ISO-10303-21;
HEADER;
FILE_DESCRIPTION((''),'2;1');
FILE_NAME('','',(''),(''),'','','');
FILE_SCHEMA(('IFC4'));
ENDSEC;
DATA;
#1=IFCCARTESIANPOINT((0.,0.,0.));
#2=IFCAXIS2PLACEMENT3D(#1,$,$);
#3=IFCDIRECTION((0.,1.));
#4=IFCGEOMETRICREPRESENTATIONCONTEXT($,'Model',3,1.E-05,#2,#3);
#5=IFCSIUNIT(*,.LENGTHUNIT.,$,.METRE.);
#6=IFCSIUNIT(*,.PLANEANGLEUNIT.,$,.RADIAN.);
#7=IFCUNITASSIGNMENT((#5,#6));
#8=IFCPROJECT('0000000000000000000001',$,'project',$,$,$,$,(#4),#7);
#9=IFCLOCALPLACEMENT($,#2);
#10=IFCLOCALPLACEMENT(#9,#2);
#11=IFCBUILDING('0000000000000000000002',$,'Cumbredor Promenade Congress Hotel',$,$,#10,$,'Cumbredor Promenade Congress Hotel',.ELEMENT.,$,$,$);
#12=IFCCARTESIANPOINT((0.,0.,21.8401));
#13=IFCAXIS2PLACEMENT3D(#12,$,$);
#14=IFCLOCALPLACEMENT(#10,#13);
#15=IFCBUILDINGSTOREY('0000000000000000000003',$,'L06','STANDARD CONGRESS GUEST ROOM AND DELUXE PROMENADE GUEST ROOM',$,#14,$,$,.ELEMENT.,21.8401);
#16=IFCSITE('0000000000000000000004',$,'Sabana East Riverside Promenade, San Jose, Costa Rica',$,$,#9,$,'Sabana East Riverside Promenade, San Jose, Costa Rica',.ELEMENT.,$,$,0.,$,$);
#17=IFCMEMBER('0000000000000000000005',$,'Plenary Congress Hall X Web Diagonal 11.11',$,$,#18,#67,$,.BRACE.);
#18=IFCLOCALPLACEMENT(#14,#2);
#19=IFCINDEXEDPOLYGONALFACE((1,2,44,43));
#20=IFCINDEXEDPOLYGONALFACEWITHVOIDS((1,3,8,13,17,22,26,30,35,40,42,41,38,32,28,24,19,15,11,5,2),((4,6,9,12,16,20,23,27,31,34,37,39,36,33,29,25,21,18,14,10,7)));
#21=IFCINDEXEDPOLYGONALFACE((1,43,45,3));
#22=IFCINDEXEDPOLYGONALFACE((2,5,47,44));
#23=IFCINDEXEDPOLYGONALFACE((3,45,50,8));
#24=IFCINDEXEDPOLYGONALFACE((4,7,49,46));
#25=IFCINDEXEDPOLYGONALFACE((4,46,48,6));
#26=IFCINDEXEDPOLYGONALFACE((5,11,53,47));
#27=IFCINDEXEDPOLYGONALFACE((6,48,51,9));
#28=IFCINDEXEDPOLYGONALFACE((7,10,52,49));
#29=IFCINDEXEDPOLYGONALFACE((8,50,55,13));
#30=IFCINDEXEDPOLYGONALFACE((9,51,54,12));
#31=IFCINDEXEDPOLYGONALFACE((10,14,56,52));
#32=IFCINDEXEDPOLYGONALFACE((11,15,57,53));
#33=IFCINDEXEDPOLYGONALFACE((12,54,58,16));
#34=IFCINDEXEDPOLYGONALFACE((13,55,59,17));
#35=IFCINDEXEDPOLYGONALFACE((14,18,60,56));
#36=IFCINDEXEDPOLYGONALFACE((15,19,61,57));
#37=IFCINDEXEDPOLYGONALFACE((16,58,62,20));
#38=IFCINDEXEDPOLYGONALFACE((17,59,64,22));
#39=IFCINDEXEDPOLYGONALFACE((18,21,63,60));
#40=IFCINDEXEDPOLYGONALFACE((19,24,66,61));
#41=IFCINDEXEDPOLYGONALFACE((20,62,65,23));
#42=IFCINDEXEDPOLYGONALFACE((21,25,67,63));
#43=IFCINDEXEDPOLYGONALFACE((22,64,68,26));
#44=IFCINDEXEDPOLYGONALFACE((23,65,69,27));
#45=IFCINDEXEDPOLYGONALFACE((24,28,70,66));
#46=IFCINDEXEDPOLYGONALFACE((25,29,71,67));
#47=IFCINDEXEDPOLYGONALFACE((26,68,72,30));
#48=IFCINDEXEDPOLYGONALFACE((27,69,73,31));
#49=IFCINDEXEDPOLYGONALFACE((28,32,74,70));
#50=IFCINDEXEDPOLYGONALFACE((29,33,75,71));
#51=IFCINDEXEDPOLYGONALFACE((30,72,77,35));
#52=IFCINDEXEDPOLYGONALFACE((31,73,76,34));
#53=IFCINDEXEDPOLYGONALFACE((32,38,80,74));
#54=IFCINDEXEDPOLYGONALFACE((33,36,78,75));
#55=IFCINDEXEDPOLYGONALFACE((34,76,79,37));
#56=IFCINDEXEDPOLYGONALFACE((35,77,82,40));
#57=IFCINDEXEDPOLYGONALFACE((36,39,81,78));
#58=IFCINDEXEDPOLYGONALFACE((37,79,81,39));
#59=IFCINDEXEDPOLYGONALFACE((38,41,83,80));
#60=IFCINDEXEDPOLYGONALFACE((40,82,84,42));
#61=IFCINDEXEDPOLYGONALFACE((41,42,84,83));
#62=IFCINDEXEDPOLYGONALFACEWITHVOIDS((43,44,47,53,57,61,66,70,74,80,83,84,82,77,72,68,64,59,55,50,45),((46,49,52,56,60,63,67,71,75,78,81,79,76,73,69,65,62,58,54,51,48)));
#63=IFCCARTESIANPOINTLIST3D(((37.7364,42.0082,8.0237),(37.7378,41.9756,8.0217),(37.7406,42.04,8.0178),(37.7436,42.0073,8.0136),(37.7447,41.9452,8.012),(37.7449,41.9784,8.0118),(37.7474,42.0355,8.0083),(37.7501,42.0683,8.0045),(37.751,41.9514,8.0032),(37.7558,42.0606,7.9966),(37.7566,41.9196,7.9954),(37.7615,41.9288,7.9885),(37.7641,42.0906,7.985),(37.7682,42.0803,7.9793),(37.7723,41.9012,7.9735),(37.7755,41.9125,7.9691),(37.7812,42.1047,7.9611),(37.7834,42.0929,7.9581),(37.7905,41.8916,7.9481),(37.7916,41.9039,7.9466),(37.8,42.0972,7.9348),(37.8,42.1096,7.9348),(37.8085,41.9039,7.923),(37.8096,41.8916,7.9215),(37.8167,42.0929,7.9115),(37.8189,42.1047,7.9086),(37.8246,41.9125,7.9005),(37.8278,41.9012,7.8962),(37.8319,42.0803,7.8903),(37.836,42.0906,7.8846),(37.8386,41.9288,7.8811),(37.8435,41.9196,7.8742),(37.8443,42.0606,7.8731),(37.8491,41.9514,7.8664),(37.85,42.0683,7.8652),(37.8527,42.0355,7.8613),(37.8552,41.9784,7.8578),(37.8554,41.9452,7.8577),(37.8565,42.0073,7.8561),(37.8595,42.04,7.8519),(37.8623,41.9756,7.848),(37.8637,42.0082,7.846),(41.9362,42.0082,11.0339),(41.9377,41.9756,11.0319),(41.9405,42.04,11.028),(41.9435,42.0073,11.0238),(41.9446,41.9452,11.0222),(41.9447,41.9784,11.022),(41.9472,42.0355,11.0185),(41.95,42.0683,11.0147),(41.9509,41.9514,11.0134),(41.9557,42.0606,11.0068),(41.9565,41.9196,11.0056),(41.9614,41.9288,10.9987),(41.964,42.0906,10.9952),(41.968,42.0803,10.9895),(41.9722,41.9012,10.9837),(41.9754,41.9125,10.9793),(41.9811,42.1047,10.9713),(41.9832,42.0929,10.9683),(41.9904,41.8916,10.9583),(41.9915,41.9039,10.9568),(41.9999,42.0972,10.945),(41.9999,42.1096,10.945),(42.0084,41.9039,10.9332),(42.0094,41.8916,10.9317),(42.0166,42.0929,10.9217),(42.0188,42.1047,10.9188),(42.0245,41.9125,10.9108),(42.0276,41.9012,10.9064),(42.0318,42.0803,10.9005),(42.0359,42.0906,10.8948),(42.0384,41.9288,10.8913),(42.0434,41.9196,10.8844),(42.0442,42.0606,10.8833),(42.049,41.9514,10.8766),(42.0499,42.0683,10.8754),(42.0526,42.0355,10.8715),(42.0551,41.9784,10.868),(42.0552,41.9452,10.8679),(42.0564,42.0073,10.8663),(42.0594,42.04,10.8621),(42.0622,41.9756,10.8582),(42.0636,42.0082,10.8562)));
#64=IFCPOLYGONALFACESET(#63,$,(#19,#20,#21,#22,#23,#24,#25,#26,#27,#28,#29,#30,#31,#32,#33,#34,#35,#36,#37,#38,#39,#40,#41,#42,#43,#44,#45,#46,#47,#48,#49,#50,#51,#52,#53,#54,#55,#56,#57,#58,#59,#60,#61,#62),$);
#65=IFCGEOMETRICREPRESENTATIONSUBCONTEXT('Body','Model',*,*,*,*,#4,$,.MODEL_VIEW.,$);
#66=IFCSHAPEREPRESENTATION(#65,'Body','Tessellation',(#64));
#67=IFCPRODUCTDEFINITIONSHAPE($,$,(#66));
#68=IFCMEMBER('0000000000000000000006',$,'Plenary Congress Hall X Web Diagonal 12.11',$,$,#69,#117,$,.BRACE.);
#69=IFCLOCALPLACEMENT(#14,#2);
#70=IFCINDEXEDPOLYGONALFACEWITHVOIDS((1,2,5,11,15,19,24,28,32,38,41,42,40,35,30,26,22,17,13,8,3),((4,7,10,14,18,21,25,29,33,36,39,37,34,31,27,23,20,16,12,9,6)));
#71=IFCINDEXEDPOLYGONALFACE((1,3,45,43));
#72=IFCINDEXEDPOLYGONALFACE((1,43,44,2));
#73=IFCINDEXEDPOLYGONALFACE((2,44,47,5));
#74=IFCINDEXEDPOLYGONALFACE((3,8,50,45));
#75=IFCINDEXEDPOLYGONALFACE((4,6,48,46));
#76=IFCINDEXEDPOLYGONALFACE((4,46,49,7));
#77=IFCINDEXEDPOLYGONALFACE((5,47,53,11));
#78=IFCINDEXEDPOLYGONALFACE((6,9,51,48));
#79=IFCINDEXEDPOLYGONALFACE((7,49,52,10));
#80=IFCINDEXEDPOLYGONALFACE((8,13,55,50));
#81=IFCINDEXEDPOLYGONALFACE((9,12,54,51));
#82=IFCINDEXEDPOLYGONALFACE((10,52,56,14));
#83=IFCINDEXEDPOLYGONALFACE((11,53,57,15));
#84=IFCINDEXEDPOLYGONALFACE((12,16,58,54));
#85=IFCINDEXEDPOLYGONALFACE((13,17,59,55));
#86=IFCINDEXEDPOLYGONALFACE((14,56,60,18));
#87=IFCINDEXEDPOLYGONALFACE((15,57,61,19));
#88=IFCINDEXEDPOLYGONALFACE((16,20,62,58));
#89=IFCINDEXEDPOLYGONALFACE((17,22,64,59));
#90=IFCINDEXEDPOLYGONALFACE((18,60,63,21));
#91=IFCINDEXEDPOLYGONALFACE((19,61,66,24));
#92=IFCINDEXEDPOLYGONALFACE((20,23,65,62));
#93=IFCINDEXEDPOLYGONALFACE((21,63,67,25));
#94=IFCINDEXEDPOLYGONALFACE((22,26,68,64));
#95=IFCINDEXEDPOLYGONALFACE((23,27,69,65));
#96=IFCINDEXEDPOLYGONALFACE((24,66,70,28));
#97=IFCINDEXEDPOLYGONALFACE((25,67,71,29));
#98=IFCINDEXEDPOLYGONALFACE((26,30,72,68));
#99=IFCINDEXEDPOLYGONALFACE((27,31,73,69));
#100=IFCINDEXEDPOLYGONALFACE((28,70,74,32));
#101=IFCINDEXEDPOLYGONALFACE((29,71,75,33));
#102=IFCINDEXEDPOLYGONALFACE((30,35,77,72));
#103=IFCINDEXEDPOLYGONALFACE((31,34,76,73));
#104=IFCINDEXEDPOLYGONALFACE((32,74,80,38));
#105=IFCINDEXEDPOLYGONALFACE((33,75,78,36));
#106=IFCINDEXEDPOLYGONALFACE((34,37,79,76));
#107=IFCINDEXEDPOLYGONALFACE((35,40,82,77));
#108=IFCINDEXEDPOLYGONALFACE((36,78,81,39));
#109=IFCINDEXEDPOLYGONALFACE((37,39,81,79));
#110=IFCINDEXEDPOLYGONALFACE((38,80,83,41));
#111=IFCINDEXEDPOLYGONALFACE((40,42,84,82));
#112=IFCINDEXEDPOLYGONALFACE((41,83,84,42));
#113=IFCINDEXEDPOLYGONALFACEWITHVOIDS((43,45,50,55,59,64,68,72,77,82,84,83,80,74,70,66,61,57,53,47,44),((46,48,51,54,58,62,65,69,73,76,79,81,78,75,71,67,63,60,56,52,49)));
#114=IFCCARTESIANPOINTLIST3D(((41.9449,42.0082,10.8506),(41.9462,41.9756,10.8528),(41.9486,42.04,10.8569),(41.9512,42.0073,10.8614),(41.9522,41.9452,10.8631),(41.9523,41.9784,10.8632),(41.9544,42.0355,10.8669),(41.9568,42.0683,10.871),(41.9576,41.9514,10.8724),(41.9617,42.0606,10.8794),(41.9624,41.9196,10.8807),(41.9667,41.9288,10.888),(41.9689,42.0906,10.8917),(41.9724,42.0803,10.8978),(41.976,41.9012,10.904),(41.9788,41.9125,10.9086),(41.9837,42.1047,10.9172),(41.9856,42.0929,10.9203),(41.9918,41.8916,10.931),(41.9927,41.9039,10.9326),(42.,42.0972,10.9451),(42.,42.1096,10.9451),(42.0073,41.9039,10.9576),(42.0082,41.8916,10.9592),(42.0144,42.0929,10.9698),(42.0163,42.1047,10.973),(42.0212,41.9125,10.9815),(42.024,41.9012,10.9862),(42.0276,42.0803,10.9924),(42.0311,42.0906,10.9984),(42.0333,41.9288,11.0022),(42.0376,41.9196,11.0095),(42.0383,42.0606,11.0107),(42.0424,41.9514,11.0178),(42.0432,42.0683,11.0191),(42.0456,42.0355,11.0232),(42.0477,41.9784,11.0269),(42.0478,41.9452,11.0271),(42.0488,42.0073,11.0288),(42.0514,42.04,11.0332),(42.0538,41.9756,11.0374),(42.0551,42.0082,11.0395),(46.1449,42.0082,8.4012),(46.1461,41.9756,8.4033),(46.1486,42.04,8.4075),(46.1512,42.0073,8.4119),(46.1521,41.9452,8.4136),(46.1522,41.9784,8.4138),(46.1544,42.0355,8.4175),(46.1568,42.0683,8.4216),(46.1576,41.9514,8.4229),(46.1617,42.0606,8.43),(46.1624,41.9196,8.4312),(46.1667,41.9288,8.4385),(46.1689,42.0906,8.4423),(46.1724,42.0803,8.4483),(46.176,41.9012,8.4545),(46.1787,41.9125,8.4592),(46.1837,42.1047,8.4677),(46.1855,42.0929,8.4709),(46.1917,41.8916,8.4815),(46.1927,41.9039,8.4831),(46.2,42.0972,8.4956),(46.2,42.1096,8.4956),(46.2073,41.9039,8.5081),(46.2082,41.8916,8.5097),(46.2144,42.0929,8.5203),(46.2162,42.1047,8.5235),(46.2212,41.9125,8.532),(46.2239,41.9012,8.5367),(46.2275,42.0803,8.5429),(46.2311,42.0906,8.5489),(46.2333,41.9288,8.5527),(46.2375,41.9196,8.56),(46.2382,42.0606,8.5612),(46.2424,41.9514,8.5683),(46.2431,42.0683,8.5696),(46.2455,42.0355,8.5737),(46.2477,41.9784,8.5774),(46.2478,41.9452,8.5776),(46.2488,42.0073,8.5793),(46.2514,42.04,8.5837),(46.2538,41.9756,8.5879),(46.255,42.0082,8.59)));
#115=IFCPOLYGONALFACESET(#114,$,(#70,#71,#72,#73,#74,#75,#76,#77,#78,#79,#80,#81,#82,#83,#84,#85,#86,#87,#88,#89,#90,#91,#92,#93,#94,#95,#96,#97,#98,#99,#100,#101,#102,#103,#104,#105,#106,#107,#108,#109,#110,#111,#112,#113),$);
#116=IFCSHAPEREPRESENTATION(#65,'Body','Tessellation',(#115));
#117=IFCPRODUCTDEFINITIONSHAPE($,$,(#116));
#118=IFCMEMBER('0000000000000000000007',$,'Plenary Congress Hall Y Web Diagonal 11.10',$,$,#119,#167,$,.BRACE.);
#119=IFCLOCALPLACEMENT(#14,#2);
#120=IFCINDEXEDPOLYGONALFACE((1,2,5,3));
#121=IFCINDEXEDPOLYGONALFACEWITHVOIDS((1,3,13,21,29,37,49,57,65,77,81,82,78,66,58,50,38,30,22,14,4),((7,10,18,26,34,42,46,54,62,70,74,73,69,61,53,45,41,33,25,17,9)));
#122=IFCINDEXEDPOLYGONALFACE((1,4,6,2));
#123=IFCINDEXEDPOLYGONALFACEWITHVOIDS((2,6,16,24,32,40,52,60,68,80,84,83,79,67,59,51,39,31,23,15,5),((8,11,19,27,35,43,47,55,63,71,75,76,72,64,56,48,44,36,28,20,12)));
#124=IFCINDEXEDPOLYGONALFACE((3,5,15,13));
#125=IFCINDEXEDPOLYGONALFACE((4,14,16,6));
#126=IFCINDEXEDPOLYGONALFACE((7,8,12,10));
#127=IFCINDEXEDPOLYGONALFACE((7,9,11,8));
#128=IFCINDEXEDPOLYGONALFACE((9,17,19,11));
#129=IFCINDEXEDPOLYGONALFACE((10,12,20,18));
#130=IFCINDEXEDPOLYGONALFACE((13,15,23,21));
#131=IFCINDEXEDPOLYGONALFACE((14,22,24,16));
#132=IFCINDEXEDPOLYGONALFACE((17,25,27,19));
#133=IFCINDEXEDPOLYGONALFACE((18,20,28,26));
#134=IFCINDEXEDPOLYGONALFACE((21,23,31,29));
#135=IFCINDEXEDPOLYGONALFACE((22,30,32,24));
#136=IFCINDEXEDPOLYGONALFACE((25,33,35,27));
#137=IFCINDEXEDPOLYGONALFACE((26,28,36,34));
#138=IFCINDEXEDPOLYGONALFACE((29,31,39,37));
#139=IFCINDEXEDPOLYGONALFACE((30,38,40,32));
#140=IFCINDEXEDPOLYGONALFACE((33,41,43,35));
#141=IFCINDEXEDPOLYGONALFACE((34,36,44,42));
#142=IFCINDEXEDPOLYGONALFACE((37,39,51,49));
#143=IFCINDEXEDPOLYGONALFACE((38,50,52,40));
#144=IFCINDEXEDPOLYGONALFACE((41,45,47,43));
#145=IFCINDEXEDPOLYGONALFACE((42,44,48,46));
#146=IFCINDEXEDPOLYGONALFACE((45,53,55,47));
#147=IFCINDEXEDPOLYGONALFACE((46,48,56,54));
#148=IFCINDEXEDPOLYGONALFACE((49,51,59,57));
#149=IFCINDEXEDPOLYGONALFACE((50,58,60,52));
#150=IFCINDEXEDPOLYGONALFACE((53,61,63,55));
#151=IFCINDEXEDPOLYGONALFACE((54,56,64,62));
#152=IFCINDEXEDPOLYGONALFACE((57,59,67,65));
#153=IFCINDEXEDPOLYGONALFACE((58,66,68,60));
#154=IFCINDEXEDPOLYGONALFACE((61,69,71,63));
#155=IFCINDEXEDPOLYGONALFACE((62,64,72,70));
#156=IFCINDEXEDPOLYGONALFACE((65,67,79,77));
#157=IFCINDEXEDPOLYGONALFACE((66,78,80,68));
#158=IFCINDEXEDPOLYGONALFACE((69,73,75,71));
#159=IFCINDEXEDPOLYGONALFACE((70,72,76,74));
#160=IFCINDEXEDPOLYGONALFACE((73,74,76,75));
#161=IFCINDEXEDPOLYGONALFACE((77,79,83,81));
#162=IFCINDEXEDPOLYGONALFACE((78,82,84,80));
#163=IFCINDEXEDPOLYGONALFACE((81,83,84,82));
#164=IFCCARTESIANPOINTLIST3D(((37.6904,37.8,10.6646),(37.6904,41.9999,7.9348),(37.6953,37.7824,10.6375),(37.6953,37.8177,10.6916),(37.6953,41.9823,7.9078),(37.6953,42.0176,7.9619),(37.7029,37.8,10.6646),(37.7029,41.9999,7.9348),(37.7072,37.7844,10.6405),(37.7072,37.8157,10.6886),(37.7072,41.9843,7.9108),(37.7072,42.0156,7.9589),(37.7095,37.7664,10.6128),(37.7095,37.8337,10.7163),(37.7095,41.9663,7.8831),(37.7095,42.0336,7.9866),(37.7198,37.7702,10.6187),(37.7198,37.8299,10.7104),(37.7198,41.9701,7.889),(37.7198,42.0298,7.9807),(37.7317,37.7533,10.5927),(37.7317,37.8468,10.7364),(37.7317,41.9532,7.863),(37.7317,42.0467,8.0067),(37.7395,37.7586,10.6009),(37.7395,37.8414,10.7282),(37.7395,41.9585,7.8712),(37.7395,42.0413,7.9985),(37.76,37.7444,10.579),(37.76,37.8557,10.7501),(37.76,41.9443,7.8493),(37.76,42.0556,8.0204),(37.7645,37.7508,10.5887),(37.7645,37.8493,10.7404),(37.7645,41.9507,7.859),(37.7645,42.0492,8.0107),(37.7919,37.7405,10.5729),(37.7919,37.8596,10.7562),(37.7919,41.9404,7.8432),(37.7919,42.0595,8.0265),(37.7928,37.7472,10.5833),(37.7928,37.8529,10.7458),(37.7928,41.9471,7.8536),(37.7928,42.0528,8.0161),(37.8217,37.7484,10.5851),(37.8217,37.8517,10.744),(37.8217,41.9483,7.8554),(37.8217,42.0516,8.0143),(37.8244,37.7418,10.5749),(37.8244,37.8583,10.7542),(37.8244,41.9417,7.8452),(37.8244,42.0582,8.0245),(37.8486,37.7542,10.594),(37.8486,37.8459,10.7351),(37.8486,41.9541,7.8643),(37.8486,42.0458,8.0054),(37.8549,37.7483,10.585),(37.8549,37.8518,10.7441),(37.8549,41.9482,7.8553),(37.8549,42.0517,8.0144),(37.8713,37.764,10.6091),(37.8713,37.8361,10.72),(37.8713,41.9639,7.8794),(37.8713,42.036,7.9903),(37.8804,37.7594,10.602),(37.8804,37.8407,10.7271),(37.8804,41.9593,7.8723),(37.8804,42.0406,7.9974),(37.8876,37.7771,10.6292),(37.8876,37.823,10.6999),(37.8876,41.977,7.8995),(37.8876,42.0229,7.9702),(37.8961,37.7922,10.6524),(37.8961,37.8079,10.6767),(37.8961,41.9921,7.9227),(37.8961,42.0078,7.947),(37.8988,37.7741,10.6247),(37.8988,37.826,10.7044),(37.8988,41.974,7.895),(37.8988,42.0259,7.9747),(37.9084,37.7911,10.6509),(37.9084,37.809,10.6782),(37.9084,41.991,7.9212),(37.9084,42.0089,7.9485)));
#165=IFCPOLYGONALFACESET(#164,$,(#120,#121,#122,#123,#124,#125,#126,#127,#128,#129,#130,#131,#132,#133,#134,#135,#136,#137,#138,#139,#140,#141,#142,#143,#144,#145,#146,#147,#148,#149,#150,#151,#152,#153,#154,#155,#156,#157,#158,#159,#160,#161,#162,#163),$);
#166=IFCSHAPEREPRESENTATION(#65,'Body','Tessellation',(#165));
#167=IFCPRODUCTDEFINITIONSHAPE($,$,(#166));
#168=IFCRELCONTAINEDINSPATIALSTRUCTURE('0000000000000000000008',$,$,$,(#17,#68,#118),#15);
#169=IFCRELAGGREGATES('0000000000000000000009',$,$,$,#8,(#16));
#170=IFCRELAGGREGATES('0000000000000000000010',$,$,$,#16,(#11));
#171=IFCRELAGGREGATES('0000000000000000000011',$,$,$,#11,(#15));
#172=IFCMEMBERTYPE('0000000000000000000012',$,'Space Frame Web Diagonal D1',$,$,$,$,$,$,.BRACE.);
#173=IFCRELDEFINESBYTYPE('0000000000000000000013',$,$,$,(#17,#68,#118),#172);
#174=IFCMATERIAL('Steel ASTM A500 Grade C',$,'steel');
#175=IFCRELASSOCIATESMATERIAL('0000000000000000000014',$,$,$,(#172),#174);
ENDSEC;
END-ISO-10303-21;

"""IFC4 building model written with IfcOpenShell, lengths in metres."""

from ifc_helpers import new_model, si_unit, direction, frame, origin, origin_2d, place, context, subcontext, project, spatial, hollow_circle, extrude, material, material_profile, profile_set, type_object, element, save


model = new_model("IFC4")

# Units and contexts
model_context = context("Model", 3, precision=1e-05, world=origin(), true_north=direction((0.0, 1.0)))
body_context = subcontext(model_context, "Body", "Model", "MODEL_VIEW")
ifc_project = project(units=[si_unit("LENGTHUNIT", "METRE"), si_unit("PLANEANGLEUNIT", "RADIAN")], contexts=[model_context])

# Site, building, storey
site_placement = place(None, origin())
site = spatial("IfcSite", under=ifc_project, at=site_placement, Name="Sabana East Riverside Promenade, San Jose, Costa Rica", LongName="Sabana East Riverside Promenade, San Jose, Costa Rica", CompositionType="ELEMENT", RefElevation=0.0)
building_placement = place(site_placement, origin())
building = spatial("IfcBuilding", under=site, at=building_placement, Name="Cumbredor Promenade Congress Hotel", LongName="Cumbredor Promenade Congress Hotel", CompositionType="ELEMENT")
storey_placement = place(building_placement, frame((0.0, 0.0, 21.8401)))
storey = spatial("IfcBuildingStorey", under=building, at=storey_placement, Name="L06", Description="STANDARD CONGRESS GUEST ROOM AND DELUXE PROMENADE GUEST ROOM", CompositionType="ELEMENT", Elevation=21.8401)

# Members
ifc_material_1 = material(Name="Steel ASTM A500 Grade C", Category="steel")
ifc_material_profile_1 = material_profile(ifc_material_1, hollow_circle(Radius=0.1096, WallThickness=0.0125, at=origin_2d()), Name="CHS 219.1x12.5")
ifc_profile_set_1 = profile_set([ifc_material_profile_1], Name="Steel ASTM A500 Grade C")
member_type_1 = type_object("IfcMemberType", Name="Space Frame Web Diagonal D1", PredefinedType="BRACE", material=ifc_profile_set_1)
member_1_placement = place(storey_placement, frame((37.8, 42.0, 7.9348), z_axis=(0.812791, 0.0, 0.582556), x_axis=(0.0, 1.0, 0.0)))
element("IfcMember", 1, at=member_1_placement, inside=storey, type_object=member_type_1, Name="Plenary Congress Hall X Web Diagonal 11.11", PredefinedType="BRACE", context=body_context, shape_type="SweptSolid", body=[
    extrude(hollow_circle(Radius=0.1096, WallThickness=0.0125, at=origin_2d()), origin(), (0.0, 0.0, 1.0), 5.1672),
])
member_2_placement = place(storey_placement, frame((42.0, 42.0, 10.9451), z_axis=(0.863824, 0.0, -0.503793), x_axis=(0.0, 1.0, 0.0)))
element("IfcMember", 2, at=member_2_placement, inside=storey, type_object=member_type_1, Name="Plenary Congress Hall X Web Diagonal 12.11", PredefinedType="BRACE", context=body_context, shape_type="SweptSolid", body=[
    extrude(hollow_circle(Radius=0.1096, WallThickness=0.0125, at=origin_2d()), origin(), (0.0, 0.0, 1.0), 4.8621),
])
member_3_placement = place(storey_placement, frame((37.8, 37.8, 10.6646), z_axis=(0.0, 0.838465, -0.544956), x_axis=(-1.0, 0.0, 0.0)))
element("IfcMember", 3, at=member_3_placement, inside=storey, type_object=member_type_1, Name="Plenary Congress Hall Y Web Diagonal 11.10", PredefinedType="BRACE", context=body_context, shape_type="SweptSolid", body=[
    extrude(hollow_circle(Radius=0.1096, WallThickness=0.0125, at=origin_2d()), origin(), (0.0, 0.0, 1.0), 5.009),
])

save(model, "model.ifc")
